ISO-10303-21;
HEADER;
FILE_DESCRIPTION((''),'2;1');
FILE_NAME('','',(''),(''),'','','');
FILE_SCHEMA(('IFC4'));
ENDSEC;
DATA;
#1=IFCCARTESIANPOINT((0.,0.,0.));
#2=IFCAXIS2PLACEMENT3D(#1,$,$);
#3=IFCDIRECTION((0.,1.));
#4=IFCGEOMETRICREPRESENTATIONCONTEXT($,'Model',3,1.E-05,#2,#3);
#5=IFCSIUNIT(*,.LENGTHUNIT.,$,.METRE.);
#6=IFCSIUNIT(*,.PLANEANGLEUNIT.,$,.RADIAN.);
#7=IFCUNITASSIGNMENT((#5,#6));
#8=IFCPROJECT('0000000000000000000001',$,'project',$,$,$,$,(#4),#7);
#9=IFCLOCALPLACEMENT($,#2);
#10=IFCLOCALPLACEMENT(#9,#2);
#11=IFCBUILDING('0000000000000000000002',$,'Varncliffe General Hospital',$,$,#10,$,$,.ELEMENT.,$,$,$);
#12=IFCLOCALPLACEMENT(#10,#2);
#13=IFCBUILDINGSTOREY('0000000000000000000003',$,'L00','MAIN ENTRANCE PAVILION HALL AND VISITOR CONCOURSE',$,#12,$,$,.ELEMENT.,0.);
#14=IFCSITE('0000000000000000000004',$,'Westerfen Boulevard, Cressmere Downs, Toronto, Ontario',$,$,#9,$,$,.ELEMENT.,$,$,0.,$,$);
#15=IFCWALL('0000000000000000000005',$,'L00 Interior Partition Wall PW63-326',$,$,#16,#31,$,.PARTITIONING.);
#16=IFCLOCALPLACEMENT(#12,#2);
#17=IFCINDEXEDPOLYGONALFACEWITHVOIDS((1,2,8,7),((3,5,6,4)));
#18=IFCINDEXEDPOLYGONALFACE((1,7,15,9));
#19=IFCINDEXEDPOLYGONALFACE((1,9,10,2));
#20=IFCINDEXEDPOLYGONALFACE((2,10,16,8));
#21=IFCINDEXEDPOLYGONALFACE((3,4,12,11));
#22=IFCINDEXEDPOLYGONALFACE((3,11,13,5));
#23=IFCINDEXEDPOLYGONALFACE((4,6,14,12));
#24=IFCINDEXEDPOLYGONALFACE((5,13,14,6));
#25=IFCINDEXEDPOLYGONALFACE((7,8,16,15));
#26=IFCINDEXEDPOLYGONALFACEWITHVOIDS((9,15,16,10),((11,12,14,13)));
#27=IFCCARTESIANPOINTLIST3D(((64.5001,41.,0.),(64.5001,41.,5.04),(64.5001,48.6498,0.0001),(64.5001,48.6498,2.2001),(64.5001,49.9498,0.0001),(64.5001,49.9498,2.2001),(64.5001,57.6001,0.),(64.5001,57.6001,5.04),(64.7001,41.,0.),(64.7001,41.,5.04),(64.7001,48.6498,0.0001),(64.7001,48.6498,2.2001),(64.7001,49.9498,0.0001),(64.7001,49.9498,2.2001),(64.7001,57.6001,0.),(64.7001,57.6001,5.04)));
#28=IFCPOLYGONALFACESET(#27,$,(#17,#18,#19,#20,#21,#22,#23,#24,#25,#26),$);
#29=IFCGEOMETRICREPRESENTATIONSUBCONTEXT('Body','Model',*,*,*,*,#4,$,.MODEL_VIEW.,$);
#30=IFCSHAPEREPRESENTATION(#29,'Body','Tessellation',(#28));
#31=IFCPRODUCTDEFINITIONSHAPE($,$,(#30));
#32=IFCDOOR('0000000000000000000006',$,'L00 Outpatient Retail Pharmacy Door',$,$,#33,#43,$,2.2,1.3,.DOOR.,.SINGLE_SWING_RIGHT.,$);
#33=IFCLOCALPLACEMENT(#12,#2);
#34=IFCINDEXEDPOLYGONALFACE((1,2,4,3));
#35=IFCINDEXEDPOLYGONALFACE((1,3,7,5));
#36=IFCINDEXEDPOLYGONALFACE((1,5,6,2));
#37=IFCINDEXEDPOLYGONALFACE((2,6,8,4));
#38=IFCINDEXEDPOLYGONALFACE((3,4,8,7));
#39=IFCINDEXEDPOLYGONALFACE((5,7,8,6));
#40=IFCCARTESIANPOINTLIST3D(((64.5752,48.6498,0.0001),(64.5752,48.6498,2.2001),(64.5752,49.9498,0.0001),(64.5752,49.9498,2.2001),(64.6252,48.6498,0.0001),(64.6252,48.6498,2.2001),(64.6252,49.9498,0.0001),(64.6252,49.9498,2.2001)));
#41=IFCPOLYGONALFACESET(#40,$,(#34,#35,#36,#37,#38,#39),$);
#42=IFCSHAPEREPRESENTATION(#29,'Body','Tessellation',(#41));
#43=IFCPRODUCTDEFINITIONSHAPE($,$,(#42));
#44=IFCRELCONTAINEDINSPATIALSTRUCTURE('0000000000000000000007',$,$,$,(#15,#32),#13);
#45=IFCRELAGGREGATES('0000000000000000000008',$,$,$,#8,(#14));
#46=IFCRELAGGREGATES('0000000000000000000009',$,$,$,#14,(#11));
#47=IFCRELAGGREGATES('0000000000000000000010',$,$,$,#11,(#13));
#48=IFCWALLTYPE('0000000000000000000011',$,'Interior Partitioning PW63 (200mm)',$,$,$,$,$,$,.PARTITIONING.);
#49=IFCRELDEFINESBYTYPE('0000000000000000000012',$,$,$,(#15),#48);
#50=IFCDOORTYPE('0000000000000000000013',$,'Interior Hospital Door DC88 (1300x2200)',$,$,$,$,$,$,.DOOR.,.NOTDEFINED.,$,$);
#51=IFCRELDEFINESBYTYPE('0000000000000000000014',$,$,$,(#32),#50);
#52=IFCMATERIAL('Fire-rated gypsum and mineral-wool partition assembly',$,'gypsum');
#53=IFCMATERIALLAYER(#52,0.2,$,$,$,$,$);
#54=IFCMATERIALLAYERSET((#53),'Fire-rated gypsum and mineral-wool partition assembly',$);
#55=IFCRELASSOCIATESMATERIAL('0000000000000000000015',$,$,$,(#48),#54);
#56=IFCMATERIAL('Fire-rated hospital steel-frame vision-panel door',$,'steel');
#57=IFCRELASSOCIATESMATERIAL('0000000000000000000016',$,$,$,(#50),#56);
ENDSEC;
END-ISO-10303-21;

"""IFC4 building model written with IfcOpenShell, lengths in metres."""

from ifc_helpers import new_model, si_unit, direction, frame, frame_2d, origin, place, context, subcontext, project, spatial, rectangle, extrude, material, layer, layer_set, type_object, element, fill, save


model = new_model("IFC4")

# Units and contexts
model_context = context("Model", 3, precision=1e-05, world=origin(), true_north=direction((0.0, 1.0)))
body_context = subcontext(model_context, "Body", "Model", "MODEL_VIEW")
ifc_project = project(units=[si_unit("LENGTHUNIT", "METRE"), si_unit("PLANEANGLEUNIT", "RADIAN")], contexts=[model_context])

# Site, building, storey
site_placement = place(None, origin())
site = spatial("IfcSite", under=ifc_project, at=site_placement, Name="Westerfen Boulevard, Cressmere Downs, Toronto, Ontario", CompositionType="ELEMENT", RefElevation=0.0)
building_placement = place(site_placement, origin())
building = spatial("IfcBuilding", under=site, at=building_placement, Name="Varncliffe General Hospital", CompositionType="ELEMENT")
storey_placement = place(building_placement, origin())
storey = spatial("IfcBuildingStorey", under=building, at=storey_placement, Name="L00", Description="MAIN ENTRANCE PAVILION HALL AND VISITOR CONCOURSE", CompositionType="ELEMENT", Elevation=0.0)

# Wall, opening, door
ifc_material_1 = material(Name="Fire-rated gypsum and mineral-wool partition assembly", Category="gypsum")
ifc_layer_1 = layer(ifc_material_1, 0.2)
ifc_layer_set_1 = layer_set([ifc_layer_1], Name="Fire-rated gypsum and mineral-wool partition assembly")
wall_type_1 = type_object("IfcWallType", Name="Interior Partitioning PW63 (200mm)", PredefinedType="PARTITIONING", material=ifc_layer_set_1)
wall_1_placement = place(storey_placement, frame((64.6001, 41.0, 0.0), z_axis=(0.0, 0.0, 1.0), x_axis=(0.0, 1.0, 0.0)))
wall_1 = element("IfcWall", 1, at=wall_1_placement, inside=storey, type_object=wall_type_1, Name="L00 Interior Partition Wall PW63-326", PredefinedType="PARTITIONING", context=body_context, shape_type="SweptSolid", body=[
    extrude(rectangle(XDim=16.6001, YDim=0.2, at=frame_2d((8.3, 0.0))), origin(), (0.0, 0.0, 1.0), 5.04),
])
opening_placement = place(wall_1_placement, frame((7.6499, 0.0, 0.0)))
opening = element("IfcOpeningElement", 2, at=opening_placement, cuts=wall_1, PredefinedType="OPENING", context=body_context, shape_type="SweptSolid", body=[
    extrude(rectangle(XDim=1.3, YDim=2.2, at=frame_2d((0.6499, 1.1001))), frame((0.0, 0.1099, 0.0), z_axis=(0.0, -1.0, 0.0), x_axis=(1.0, 0.0, 0.0)), (0.0, 0.0, 1.0), 0.22),
])
ifc_material_2 = material(Name="Fire-rated hospital steel-frame vision-panel door", Category="steel")
door_type = type_object("IfcDoorType", Name="Interior Hospital Door DC88 (1300x2200)", OperationType="NOTDEFINED", PredefinedType="DOOR", material=ifc_material_2)
door_placement = place(opening_placement, origin())
door = element("IfcDoor", 3, at=door_placement, inside=storey, type_object=door_type, Name="L00 Outpatient Retail Pharmacy Door", OperationType="SINGLE_SWING_RIGHT", OverallHeight=2.2, OverallWidth=1.3, PredefinedType="DOOR", context=body_context, shape_type="SweptSolid", body=[
    extrude(rectangle(XDim=1.3, YDim=2.2, at=frame_2d((0.6499, 1.1001))), frame((0.0, 0.0249, 0.0), z_axis=(0.0, -1.0, 0.0), x_axis=(1.0, 0.0, 0.0)), (0.0, 0.0, 1.0), 0.05),
])
fill(opening, door)

save(model, "model.ifc")
